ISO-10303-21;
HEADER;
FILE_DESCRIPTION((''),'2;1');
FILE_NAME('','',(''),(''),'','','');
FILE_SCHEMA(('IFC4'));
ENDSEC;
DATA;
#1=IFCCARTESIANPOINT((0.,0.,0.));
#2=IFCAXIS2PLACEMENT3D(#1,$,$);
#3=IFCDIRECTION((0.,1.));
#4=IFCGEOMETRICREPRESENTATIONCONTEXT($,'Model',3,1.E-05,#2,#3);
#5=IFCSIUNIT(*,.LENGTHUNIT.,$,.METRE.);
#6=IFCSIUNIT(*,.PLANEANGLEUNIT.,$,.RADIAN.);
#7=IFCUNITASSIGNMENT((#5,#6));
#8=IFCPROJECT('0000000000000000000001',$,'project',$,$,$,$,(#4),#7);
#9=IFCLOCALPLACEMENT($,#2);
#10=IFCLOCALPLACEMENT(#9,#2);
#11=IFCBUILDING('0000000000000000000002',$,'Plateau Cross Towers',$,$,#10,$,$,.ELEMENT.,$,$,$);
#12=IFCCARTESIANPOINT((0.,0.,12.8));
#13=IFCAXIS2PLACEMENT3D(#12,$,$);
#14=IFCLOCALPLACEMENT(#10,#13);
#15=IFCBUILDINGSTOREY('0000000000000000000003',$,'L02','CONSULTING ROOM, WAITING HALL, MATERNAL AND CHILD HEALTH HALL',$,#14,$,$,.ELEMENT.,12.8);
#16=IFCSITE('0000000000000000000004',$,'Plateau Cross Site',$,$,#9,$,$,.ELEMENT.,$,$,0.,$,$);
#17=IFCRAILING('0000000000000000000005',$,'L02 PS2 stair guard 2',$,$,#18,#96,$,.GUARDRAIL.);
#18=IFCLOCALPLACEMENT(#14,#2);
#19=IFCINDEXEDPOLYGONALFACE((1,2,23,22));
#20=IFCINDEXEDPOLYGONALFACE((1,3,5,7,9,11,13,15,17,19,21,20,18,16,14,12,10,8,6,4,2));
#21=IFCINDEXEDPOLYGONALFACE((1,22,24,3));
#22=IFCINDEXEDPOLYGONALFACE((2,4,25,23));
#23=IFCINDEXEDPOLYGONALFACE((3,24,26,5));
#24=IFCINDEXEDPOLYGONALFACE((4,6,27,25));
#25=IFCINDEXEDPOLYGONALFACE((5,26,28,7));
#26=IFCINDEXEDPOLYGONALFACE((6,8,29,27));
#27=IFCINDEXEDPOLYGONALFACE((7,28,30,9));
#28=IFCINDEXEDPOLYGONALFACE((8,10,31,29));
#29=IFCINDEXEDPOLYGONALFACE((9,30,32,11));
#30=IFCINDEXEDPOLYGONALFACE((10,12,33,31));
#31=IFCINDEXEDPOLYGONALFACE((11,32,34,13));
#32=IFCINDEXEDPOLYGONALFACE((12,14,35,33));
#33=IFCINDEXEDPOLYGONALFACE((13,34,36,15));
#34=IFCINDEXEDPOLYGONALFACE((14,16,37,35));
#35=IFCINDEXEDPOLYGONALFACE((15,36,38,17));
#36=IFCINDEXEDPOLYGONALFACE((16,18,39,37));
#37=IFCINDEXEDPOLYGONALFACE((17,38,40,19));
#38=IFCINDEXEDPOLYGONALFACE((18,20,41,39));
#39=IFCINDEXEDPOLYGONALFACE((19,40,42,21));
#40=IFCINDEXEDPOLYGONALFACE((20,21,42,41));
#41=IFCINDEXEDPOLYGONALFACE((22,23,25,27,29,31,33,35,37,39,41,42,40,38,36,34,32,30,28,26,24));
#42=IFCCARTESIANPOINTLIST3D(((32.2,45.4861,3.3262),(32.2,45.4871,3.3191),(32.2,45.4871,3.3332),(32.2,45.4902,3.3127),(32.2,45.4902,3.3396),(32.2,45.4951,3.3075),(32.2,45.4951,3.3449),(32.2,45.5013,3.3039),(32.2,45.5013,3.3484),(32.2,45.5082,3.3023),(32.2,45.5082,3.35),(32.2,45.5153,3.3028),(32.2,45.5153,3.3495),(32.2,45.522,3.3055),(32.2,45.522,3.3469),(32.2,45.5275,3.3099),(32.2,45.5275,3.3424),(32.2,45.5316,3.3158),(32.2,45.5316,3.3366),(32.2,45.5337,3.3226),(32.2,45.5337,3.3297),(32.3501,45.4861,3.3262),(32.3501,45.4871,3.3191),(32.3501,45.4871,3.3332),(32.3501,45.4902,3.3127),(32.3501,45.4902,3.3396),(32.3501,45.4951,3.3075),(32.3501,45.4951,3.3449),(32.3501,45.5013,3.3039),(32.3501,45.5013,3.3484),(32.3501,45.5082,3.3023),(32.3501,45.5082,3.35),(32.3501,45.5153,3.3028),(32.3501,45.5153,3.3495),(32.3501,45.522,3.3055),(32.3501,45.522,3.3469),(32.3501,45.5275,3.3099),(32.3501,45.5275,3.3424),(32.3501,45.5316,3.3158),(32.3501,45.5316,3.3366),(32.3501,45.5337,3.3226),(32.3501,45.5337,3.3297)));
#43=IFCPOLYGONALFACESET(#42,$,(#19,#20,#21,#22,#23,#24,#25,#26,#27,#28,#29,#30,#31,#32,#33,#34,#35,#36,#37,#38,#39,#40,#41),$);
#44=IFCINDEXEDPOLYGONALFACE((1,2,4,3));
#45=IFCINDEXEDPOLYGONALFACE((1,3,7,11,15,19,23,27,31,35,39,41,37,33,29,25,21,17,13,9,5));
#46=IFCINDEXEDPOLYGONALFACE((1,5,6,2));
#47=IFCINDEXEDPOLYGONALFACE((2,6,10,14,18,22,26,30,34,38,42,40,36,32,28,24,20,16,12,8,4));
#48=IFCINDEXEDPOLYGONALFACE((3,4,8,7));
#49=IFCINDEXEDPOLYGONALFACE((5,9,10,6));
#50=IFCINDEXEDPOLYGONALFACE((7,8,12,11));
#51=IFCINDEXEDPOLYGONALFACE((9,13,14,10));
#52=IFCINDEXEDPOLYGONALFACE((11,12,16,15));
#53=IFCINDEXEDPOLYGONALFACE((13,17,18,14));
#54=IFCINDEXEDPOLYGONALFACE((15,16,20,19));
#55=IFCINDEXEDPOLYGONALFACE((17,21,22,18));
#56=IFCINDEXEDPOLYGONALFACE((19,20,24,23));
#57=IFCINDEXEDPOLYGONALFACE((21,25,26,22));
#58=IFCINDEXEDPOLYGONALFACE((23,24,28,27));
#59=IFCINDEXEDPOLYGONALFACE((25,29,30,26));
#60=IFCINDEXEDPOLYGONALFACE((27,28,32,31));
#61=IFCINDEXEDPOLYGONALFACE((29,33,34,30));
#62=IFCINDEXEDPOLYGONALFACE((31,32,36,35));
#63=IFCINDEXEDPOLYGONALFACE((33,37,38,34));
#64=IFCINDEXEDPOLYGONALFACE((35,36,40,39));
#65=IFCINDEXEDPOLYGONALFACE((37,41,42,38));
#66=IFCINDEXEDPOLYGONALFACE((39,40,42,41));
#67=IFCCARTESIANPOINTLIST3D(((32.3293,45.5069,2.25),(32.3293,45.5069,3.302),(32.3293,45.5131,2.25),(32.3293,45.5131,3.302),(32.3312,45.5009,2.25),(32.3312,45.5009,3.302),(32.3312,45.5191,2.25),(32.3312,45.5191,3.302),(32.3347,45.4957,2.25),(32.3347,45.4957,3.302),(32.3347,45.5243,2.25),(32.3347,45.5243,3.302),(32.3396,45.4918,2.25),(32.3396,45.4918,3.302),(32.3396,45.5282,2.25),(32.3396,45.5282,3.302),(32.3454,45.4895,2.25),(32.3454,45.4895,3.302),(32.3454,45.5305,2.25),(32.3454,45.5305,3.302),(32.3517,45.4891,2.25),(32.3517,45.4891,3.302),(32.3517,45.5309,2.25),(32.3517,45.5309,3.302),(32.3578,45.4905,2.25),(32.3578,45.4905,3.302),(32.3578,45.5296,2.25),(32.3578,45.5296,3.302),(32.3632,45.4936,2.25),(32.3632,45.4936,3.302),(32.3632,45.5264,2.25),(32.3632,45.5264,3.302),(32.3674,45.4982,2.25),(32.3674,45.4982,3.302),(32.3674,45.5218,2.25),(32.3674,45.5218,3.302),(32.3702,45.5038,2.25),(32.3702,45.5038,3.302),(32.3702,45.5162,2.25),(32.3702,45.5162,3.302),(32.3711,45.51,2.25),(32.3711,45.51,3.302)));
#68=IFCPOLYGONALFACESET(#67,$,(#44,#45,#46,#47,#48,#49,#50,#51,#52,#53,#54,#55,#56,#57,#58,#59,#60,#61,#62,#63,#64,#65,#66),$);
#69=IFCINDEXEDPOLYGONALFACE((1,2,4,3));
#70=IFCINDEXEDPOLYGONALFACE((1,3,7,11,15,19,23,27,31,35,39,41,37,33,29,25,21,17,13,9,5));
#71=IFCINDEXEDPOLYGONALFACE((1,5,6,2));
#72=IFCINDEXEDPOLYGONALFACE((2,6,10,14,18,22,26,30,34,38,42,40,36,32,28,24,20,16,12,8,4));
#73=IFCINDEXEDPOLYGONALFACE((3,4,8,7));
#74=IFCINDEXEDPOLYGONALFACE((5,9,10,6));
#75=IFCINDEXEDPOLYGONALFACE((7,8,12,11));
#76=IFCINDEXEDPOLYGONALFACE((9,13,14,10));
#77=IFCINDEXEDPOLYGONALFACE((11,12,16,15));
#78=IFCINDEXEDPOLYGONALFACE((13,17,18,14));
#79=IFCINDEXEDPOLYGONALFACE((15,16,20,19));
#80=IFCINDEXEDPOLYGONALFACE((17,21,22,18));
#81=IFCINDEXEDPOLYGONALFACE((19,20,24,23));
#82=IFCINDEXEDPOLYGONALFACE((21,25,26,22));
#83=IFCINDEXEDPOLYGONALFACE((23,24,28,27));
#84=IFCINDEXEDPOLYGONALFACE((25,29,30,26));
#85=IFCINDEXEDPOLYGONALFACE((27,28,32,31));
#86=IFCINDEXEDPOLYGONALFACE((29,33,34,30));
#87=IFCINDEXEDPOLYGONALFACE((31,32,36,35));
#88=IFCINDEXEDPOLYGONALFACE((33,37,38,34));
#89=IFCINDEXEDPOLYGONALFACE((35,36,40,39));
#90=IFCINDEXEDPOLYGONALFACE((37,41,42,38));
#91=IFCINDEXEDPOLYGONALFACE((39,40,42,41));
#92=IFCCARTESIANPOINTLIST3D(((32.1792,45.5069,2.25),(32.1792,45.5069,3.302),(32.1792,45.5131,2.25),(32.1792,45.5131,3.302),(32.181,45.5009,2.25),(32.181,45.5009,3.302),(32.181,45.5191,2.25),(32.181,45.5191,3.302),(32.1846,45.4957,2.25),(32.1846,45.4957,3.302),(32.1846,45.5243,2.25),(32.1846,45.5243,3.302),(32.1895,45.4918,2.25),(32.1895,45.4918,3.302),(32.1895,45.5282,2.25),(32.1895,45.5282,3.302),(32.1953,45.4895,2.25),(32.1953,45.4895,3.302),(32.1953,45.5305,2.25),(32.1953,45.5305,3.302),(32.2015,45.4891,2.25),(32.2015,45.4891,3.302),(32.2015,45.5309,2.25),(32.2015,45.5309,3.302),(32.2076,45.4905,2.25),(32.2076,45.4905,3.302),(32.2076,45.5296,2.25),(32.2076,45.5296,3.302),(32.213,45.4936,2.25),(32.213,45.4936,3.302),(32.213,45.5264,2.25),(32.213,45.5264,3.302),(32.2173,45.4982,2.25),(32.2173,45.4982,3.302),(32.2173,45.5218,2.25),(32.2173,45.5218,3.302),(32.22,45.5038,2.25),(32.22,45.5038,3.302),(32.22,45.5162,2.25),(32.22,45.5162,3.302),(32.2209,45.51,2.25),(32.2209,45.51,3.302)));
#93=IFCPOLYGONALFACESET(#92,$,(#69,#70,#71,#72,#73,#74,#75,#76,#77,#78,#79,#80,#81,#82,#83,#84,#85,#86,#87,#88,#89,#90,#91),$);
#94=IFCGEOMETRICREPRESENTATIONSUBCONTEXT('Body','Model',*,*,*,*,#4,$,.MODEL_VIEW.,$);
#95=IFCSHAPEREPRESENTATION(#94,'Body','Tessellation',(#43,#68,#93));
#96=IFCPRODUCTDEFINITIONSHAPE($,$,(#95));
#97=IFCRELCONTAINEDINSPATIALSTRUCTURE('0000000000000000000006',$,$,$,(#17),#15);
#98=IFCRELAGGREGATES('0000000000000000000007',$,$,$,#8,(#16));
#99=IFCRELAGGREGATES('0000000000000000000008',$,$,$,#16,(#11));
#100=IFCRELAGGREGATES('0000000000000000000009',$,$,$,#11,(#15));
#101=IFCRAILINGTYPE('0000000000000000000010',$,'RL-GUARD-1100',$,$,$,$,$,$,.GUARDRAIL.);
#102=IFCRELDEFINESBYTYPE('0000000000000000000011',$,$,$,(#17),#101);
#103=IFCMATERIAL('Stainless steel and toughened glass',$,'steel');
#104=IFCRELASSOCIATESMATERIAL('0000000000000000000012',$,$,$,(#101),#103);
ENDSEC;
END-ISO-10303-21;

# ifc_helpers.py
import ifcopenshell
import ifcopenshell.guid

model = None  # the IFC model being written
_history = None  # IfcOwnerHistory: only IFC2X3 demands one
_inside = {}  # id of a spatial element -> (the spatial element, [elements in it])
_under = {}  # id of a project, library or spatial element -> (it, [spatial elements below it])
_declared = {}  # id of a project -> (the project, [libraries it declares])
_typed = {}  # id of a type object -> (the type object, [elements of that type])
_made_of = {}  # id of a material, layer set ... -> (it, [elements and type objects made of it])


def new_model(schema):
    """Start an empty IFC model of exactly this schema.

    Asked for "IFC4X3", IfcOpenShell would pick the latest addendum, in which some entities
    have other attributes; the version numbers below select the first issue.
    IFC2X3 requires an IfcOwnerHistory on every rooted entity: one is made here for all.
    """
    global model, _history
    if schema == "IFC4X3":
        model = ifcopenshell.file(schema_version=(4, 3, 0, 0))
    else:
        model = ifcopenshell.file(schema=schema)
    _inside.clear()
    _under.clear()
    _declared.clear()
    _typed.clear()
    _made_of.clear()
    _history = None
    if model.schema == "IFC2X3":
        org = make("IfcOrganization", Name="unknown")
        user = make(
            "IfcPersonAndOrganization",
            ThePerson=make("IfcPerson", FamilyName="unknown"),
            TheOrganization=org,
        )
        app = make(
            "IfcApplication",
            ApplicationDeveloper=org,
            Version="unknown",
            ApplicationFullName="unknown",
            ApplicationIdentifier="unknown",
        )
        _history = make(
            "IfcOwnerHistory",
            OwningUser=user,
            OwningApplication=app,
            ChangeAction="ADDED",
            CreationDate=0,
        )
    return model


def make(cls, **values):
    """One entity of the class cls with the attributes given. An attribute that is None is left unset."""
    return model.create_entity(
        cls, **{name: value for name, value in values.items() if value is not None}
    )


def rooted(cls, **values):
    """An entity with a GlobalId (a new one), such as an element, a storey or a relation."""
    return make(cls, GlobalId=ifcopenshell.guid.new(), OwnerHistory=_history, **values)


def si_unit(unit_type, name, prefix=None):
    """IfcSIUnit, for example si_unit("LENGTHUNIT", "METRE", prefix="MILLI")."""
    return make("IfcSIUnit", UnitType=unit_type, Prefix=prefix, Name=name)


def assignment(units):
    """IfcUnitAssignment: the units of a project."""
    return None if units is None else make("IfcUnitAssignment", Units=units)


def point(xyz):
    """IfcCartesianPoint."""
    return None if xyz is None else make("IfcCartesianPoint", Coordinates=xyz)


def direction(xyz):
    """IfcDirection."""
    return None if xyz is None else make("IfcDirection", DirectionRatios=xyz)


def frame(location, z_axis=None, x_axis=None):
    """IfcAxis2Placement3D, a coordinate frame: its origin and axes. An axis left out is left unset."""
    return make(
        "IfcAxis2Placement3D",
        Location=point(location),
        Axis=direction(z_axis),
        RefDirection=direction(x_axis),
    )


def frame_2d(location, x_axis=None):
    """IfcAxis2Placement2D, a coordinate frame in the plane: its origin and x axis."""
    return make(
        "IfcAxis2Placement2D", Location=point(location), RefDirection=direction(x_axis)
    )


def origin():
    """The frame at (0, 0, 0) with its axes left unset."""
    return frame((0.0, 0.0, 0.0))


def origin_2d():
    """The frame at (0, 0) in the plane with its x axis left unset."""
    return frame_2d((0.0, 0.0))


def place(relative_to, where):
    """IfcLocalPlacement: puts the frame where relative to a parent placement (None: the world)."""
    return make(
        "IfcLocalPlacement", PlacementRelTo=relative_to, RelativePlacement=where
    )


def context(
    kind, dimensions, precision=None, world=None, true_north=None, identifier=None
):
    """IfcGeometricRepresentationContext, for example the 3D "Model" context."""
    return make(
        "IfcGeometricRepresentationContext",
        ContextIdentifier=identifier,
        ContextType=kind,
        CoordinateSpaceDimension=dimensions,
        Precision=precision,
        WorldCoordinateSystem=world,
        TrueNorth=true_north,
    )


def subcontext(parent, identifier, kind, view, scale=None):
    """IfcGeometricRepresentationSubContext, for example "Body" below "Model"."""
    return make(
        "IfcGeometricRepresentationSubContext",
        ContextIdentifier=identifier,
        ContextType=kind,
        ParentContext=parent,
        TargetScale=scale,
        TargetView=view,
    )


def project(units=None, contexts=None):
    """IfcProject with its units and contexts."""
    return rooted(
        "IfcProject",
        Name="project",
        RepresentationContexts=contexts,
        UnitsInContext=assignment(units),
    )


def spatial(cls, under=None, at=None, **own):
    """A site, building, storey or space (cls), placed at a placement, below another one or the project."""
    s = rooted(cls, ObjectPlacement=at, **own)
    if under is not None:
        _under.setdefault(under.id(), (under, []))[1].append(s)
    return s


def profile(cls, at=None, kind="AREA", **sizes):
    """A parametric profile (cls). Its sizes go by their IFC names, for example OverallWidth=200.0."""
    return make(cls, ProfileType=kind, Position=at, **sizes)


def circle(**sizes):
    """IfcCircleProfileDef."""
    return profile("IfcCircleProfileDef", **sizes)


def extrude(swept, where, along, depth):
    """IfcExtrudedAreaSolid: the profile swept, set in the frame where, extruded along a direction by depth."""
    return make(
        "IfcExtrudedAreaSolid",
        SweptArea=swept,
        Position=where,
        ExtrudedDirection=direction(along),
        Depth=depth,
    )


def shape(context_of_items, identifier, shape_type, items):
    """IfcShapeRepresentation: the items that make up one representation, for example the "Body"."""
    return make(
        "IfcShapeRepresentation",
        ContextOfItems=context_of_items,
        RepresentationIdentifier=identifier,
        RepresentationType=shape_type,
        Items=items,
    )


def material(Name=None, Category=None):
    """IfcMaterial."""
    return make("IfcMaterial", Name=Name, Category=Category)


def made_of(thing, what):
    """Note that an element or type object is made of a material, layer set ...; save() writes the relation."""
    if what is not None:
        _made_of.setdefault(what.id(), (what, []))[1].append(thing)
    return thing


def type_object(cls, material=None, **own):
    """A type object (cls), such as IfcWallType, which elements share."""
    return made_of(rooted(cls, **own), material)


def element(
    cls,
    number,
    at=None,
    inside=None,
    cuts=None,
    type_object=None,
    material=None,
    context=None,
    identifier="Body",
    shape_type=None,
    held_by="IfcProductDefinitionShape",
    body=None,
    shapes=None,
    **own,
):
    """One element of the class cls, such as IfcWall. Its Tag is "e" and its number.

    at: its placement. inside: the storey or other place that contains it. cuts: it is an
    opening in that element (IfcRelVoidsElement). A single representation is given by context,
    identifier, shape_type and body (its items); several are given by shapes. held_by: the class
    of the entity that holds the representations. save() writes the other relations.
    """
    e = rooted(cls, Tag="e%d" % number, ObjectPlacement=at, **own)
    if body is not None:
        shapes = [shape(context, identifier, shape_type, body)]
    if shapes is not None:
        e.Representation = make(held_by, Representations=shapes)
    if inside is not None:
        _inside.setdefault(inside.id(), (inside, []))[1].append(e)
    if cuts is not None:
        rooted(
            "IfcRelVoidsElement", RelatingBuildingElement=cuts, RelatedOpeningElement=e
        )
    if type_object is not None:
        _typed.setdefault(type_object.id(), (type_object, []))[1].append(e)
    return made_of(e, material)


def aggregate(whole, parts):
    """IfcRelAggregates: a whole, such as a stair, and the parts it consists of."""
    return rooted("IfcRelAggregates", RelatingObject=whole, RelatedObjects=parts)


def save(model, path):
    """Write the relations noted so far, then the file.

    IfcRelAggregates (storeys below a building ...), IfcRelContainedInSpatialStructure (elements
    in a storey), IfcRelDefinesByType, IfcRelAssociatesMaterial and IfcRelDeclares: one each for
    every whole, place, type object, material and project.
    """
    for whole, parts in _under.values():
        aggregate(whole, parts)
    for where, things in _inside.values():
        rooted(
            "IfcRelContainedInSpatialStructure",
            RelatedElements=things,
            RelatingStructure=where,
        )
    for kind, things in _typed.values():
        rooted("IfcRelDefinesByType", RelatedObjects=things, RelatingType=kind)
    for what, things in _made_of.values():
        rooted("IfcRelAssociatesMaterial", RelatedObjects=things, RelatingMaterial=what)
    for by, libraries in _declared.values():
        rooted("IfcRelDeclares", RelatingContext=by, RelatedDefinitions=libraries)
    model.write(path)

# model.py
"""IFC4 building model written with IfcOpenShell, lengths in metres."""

from ifc_helpers import new_model, si_unit, direction, frame, origin, origin_2d, place, context, subcontext, project, spatial, circle, extrude, material, type_object, element, save


model = new_model("IFC4")

# Units and contexts
model_context = context("Model", 3, precision=1e-05, world=origin(), true_north=direction((0.0, 1.0)))
body_context = subcontext(model_context, "Body", "Model", "MODEL_VIEW")
ifc_project = project(units=[si_unit("LENGTHUNIT", "METRE"), si_unit("PLANEANGLEUNIT", "RADIAN")], contexts=[model_context])

# Site, building, storey
site_placement = place(None, origin())
site = spatial("IfcSite", under=ifc_project, at=site_placement, Name="Plateau Cross Site", CompositionType="ELEMENT", RefElevation=0.0)
building_placement = place(site_placement, origin())
building = spatial("IfcBuilding", under=site, at=building_placement, Name="Plateau Cross Towers", CompositionType="ELEMENT")
storey_placement = place(building_placement, frame((0.0, 0.0, 12.8)))
storey = spatial("IfcBuildingStorey", under=building, at=storey_placement, Name="L02", Description="CONSULTING ROOM, WAITING HALL, MATERNAL AND CHILD HEALTH HALL", CompositionType="ELEMENT", Elevation=12.8)

# Railing
ifc_material_1 = material(Name="Stainless steel and toughened glass", Category="steel")
railing_type_1 = type_object("IfcRailingType", Name="RL-GUARD-1100", PredefinedType="GUARDRAIL", material=ifc_material_1)
railing_1_placement = place(storey_placement, frame((32.3501, 45.51, 2.25)))
element("IfcRailing", 1, at=railing_1_placement, inside=storey, type_object=railing_type_1, Name="L02 PS2 stair guard 2", PredefinedType="GUARDRAIL", context=body_context, shape_type="SweptSolid", body=[
    extrude(circle(Radius=0.0239, at=origin_2d()), frame((0.0, 0.0, 1.0762), z_axis=(-1.0, 0.0, 0.0), x_axis=(0.0, -1.0, 0.0)), (0.0, 0.0, 1.0), 0.1501),
    extrude(circle(Radius=0.021, at=origin_2d()), origin(), (0.0, 0.0, 1.0), 1.052),
    extrude(circle(Radius=0.021, at=origin_2d()), frame((-0.1501, 0.0, 0.0)), (0.0, 0.0, 1.0), 1.052),
])

save(model, "model.ifc")
